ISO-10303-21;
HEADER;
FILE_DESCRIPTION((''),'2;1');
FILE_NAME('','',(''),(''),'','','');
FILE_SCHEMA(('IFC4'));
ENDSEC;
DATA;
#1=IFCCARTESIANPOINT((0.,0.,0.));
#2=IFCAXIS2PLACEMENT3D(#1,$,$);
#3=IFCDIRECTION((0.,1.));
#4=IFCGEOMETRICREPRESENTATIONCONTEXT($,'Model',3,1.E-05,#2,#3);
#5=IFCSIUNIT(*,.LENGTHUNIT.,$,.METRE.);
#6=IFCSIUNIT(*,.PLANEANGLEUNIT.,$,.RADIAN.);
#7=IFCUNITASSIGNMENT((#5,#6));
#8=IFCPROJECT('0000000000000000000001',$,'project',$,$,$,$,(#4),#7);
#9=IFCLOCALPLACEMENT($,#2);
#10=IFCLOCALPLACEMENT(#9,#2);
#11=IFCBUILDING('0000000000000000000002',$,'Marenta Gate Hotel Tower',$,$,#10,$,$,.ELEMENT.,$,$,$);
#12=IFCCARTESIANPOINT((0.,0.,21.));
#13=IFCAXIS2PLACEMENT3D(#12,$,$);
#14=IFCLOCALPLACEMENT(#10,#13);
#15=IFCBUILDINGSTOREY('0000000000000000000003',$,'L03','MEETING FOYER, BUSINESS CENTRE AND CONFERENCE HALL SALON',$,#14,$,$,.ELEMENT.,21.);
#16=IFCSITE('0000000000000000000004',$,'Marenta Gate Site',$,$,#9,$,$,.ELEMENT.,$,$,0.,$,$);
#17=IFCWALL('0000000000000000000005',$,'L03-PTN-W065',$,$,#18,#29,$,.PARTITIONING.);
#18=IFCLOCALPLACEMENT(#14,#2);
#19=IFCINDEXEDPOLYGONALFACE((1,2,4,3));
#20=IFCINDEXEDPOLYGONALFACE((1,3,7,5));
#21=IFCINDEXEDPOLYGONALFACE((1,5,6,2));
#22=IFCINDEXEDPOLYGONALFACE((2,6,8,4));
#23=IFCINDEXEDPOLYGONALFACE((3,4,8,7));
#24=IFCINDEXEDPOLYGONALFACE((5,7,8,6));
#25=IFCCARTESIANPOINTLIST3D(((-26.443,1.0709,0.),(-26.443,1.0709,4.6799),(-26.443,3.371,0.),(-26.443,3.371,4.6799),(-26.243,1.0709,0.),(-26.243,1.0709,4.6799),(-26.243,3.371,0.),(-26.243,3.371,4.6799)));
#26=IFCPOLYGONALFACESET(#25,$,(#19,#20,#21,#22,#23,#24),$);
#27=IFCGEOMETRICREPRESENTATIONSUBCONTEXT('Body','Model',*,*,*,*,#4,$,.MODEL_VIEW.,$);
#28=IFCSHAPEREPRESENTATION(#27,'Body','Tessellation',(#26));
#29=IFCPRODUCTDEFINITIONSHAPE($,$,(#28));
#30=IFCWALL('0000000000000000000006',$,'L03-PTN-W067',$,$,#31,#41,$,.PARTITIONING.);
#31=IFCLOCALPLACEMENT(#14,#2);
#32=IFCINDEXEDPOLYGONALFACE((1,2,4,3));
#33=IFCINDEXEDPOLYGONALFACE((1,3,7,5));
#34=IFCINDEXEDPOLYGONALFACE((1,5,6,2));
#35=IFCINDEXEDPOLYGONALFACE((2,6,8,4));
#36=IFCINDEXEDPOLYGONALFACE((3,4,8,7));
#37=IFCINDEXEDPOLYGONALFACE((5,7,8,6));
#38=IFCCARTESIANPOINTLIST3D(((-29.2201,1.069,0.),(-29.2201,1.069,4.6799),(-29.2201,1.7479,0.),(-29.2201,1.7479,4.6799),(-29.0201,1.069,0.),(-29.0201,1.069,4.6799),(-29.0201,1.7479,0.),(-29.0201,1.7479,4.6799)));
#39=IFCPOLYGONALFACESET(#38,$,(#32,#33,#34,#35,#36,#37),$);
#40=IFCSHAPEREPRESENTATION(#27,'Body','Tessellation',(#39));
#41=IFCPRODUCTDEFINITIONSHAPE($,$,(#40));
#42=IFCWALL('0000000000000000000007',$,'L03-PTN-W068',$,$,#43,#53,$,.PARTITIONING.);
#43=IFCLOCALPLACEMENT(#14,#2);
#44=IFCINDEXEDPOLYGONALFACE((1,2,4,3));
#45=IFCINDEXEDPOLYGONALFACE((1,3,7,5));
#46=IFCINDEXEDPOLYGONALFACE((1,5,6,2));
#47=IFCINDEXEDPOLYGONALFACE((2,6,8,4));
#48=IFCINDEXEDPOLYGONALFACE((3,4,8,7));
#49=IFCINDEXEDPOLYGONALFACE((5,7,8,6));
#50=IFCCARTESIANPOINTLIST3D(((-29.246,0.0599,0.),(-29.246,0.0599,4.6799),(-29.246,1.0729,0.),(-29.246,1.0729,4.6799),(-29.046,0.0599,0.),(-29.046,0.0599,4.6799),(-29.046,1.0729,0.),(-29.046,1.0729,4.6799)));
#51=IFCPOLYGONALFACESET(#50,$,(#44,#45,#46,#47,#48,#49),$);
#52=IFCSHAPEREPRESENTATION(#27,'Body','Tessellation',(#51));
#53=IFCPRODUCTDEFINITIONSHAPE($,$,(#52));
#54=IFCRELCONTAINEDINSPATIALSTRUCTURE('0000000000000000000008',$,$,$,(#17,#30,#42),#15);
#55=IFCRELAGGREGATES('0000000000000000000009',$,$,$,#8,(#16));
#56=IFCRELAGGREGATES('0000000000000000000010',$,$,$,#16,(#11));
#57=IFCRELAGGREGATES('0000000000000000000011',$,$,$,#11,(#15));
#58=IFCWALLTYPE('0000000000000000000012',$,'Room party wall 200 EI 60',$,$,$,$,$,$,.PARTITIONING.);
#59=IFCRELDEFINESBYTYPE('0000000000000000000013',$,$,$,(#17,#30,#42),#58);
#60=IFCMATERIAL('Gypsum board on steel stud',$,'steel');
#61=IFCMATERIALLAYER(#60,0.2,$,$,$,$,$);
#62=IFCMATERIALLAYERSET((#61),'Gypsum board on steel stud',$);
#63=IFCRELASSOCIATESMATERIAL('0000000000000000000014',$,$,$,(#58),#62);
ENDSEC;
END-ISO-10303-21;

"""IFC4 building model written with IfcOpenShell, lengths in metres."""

from ifc_helpers import new_model, si_unit, direction, frame, frame_2d, origin, place, context, subcontext, project, spatial, rectangle, extrude, material, layer, layer_set, type_object, element, save


model = new_model("IFC4")

# Units and contexts
model_context = context("Model", 3, precision=1e-05, world=origin(), true_north=direction((0.0, 1.0)))
body_context = subcontext(model_context, "Body", "Model", "MODEL_VIEW")
ifc_project = project(units=[si_unit("LENGTHUNIT", "METRE"), si_unit("PLANEANGLEUNIT", "RADIAN")], contexts=[model_context])

# Site, building, storey
site_placement = place(None, origin())
site = spatial("IfcSite", under=ifc_project, at=site_placement, Name="Marenta Gate Site", CompositionType="ELEMENT", RefElevation=0.0)
building_placement = place(site_placement, origin())
building = spatial("IfcBuilding", under=site, at=building_placement, Name="Marenta Gate Hotel Tower", CompositionType="ELEMENT")
storey_placement = place(building_placement, frame((0.0, 0.0, 21.0)))
storey = spatial("IfcBuildingStorey", under=building, at=storey_placement, Name="L03", Description="MEETING FOYER, BUSINESS CENTRE AND CONFERENCE HALL SALON", CompositionType="ELEMENT", Elevation=21.0)

# Walls
ifc_material_1 = material(Name="Gypsum board on steel stud", Category="steel")
ifc_layer_1 = layer(ifc_material_1, 0.2)
ifc_layer_set_1 = layer_set([ifc_layer_1], Name="Gypsum board on steel stud")
wall_type_1 = type_object("IfcWallType", Name="Room party wall 200 EI 60", PredefinedType="PARTITIONING", material=ifc_layer_set_1)
wall_1_placement = place(storey_placement, frame((-26.343, 1.071, 0.0), z_axis=(0.0, 0.0, 1.0), x_axis=(0.0, 1.0, 0.0)))
element("IfcWall", 1, at=wall_1_placement, inside=storey, type_object=wall_type_1, Name="L03-PTN-W065", PredefinedType="PARTITIONING", context=body_context, shape_type="SweptSolid", body=[
    extrude(rectangle(XDim=2.3, YDim=0.2, at=frame_2d((1.1499, 0.0))), origin(), (0.0, 0.0, 1.0), 4.6799),
])
wall_2_placement = place(storey_placement, frame((-29.1201, 1.0691, 0.0), z_axis=(0.0, 0.0, 1.0), x_axis=(0.0, 1.0, 0.0)))
element("IfcWall", 2, at=wall_2_placement, inside=storey, type_object=wall_type_1, Name="L03-PTN-W067", PredefinedType="PARTITIONING", context=body_context, shape_type="SweptSolid", body=[
    extrude(rectangle(XDim=0.679, YDim=0.2, at=frame_2d((0.3394, 0.0))), origin(), (0.0, 0.0, 1.0), 4.6799),
])
wall_3_placement = place(storey_placement, frame((-29.146, 0.0601, 0.0), z_axis=(0.0, 0.0, 1.0), x_axis=(0.0, 1.0, 0.0)))
element("IfcWall", 3, at=wall_3_placement, inside=storey, type_object=wall_type_1, Name="L03-PTN-W068", PredefinedType="PARTITIONING", context=body_context, shape_type="SweptSolid", body=[
    extrude(rectangle(XDim=1.0129, YDim=0.2, at=frame_2d((0.5063, 0.0))), origin(), (0.0, 0.0, 1.0), 4.6799),
])

save(model, "model.ifc")
